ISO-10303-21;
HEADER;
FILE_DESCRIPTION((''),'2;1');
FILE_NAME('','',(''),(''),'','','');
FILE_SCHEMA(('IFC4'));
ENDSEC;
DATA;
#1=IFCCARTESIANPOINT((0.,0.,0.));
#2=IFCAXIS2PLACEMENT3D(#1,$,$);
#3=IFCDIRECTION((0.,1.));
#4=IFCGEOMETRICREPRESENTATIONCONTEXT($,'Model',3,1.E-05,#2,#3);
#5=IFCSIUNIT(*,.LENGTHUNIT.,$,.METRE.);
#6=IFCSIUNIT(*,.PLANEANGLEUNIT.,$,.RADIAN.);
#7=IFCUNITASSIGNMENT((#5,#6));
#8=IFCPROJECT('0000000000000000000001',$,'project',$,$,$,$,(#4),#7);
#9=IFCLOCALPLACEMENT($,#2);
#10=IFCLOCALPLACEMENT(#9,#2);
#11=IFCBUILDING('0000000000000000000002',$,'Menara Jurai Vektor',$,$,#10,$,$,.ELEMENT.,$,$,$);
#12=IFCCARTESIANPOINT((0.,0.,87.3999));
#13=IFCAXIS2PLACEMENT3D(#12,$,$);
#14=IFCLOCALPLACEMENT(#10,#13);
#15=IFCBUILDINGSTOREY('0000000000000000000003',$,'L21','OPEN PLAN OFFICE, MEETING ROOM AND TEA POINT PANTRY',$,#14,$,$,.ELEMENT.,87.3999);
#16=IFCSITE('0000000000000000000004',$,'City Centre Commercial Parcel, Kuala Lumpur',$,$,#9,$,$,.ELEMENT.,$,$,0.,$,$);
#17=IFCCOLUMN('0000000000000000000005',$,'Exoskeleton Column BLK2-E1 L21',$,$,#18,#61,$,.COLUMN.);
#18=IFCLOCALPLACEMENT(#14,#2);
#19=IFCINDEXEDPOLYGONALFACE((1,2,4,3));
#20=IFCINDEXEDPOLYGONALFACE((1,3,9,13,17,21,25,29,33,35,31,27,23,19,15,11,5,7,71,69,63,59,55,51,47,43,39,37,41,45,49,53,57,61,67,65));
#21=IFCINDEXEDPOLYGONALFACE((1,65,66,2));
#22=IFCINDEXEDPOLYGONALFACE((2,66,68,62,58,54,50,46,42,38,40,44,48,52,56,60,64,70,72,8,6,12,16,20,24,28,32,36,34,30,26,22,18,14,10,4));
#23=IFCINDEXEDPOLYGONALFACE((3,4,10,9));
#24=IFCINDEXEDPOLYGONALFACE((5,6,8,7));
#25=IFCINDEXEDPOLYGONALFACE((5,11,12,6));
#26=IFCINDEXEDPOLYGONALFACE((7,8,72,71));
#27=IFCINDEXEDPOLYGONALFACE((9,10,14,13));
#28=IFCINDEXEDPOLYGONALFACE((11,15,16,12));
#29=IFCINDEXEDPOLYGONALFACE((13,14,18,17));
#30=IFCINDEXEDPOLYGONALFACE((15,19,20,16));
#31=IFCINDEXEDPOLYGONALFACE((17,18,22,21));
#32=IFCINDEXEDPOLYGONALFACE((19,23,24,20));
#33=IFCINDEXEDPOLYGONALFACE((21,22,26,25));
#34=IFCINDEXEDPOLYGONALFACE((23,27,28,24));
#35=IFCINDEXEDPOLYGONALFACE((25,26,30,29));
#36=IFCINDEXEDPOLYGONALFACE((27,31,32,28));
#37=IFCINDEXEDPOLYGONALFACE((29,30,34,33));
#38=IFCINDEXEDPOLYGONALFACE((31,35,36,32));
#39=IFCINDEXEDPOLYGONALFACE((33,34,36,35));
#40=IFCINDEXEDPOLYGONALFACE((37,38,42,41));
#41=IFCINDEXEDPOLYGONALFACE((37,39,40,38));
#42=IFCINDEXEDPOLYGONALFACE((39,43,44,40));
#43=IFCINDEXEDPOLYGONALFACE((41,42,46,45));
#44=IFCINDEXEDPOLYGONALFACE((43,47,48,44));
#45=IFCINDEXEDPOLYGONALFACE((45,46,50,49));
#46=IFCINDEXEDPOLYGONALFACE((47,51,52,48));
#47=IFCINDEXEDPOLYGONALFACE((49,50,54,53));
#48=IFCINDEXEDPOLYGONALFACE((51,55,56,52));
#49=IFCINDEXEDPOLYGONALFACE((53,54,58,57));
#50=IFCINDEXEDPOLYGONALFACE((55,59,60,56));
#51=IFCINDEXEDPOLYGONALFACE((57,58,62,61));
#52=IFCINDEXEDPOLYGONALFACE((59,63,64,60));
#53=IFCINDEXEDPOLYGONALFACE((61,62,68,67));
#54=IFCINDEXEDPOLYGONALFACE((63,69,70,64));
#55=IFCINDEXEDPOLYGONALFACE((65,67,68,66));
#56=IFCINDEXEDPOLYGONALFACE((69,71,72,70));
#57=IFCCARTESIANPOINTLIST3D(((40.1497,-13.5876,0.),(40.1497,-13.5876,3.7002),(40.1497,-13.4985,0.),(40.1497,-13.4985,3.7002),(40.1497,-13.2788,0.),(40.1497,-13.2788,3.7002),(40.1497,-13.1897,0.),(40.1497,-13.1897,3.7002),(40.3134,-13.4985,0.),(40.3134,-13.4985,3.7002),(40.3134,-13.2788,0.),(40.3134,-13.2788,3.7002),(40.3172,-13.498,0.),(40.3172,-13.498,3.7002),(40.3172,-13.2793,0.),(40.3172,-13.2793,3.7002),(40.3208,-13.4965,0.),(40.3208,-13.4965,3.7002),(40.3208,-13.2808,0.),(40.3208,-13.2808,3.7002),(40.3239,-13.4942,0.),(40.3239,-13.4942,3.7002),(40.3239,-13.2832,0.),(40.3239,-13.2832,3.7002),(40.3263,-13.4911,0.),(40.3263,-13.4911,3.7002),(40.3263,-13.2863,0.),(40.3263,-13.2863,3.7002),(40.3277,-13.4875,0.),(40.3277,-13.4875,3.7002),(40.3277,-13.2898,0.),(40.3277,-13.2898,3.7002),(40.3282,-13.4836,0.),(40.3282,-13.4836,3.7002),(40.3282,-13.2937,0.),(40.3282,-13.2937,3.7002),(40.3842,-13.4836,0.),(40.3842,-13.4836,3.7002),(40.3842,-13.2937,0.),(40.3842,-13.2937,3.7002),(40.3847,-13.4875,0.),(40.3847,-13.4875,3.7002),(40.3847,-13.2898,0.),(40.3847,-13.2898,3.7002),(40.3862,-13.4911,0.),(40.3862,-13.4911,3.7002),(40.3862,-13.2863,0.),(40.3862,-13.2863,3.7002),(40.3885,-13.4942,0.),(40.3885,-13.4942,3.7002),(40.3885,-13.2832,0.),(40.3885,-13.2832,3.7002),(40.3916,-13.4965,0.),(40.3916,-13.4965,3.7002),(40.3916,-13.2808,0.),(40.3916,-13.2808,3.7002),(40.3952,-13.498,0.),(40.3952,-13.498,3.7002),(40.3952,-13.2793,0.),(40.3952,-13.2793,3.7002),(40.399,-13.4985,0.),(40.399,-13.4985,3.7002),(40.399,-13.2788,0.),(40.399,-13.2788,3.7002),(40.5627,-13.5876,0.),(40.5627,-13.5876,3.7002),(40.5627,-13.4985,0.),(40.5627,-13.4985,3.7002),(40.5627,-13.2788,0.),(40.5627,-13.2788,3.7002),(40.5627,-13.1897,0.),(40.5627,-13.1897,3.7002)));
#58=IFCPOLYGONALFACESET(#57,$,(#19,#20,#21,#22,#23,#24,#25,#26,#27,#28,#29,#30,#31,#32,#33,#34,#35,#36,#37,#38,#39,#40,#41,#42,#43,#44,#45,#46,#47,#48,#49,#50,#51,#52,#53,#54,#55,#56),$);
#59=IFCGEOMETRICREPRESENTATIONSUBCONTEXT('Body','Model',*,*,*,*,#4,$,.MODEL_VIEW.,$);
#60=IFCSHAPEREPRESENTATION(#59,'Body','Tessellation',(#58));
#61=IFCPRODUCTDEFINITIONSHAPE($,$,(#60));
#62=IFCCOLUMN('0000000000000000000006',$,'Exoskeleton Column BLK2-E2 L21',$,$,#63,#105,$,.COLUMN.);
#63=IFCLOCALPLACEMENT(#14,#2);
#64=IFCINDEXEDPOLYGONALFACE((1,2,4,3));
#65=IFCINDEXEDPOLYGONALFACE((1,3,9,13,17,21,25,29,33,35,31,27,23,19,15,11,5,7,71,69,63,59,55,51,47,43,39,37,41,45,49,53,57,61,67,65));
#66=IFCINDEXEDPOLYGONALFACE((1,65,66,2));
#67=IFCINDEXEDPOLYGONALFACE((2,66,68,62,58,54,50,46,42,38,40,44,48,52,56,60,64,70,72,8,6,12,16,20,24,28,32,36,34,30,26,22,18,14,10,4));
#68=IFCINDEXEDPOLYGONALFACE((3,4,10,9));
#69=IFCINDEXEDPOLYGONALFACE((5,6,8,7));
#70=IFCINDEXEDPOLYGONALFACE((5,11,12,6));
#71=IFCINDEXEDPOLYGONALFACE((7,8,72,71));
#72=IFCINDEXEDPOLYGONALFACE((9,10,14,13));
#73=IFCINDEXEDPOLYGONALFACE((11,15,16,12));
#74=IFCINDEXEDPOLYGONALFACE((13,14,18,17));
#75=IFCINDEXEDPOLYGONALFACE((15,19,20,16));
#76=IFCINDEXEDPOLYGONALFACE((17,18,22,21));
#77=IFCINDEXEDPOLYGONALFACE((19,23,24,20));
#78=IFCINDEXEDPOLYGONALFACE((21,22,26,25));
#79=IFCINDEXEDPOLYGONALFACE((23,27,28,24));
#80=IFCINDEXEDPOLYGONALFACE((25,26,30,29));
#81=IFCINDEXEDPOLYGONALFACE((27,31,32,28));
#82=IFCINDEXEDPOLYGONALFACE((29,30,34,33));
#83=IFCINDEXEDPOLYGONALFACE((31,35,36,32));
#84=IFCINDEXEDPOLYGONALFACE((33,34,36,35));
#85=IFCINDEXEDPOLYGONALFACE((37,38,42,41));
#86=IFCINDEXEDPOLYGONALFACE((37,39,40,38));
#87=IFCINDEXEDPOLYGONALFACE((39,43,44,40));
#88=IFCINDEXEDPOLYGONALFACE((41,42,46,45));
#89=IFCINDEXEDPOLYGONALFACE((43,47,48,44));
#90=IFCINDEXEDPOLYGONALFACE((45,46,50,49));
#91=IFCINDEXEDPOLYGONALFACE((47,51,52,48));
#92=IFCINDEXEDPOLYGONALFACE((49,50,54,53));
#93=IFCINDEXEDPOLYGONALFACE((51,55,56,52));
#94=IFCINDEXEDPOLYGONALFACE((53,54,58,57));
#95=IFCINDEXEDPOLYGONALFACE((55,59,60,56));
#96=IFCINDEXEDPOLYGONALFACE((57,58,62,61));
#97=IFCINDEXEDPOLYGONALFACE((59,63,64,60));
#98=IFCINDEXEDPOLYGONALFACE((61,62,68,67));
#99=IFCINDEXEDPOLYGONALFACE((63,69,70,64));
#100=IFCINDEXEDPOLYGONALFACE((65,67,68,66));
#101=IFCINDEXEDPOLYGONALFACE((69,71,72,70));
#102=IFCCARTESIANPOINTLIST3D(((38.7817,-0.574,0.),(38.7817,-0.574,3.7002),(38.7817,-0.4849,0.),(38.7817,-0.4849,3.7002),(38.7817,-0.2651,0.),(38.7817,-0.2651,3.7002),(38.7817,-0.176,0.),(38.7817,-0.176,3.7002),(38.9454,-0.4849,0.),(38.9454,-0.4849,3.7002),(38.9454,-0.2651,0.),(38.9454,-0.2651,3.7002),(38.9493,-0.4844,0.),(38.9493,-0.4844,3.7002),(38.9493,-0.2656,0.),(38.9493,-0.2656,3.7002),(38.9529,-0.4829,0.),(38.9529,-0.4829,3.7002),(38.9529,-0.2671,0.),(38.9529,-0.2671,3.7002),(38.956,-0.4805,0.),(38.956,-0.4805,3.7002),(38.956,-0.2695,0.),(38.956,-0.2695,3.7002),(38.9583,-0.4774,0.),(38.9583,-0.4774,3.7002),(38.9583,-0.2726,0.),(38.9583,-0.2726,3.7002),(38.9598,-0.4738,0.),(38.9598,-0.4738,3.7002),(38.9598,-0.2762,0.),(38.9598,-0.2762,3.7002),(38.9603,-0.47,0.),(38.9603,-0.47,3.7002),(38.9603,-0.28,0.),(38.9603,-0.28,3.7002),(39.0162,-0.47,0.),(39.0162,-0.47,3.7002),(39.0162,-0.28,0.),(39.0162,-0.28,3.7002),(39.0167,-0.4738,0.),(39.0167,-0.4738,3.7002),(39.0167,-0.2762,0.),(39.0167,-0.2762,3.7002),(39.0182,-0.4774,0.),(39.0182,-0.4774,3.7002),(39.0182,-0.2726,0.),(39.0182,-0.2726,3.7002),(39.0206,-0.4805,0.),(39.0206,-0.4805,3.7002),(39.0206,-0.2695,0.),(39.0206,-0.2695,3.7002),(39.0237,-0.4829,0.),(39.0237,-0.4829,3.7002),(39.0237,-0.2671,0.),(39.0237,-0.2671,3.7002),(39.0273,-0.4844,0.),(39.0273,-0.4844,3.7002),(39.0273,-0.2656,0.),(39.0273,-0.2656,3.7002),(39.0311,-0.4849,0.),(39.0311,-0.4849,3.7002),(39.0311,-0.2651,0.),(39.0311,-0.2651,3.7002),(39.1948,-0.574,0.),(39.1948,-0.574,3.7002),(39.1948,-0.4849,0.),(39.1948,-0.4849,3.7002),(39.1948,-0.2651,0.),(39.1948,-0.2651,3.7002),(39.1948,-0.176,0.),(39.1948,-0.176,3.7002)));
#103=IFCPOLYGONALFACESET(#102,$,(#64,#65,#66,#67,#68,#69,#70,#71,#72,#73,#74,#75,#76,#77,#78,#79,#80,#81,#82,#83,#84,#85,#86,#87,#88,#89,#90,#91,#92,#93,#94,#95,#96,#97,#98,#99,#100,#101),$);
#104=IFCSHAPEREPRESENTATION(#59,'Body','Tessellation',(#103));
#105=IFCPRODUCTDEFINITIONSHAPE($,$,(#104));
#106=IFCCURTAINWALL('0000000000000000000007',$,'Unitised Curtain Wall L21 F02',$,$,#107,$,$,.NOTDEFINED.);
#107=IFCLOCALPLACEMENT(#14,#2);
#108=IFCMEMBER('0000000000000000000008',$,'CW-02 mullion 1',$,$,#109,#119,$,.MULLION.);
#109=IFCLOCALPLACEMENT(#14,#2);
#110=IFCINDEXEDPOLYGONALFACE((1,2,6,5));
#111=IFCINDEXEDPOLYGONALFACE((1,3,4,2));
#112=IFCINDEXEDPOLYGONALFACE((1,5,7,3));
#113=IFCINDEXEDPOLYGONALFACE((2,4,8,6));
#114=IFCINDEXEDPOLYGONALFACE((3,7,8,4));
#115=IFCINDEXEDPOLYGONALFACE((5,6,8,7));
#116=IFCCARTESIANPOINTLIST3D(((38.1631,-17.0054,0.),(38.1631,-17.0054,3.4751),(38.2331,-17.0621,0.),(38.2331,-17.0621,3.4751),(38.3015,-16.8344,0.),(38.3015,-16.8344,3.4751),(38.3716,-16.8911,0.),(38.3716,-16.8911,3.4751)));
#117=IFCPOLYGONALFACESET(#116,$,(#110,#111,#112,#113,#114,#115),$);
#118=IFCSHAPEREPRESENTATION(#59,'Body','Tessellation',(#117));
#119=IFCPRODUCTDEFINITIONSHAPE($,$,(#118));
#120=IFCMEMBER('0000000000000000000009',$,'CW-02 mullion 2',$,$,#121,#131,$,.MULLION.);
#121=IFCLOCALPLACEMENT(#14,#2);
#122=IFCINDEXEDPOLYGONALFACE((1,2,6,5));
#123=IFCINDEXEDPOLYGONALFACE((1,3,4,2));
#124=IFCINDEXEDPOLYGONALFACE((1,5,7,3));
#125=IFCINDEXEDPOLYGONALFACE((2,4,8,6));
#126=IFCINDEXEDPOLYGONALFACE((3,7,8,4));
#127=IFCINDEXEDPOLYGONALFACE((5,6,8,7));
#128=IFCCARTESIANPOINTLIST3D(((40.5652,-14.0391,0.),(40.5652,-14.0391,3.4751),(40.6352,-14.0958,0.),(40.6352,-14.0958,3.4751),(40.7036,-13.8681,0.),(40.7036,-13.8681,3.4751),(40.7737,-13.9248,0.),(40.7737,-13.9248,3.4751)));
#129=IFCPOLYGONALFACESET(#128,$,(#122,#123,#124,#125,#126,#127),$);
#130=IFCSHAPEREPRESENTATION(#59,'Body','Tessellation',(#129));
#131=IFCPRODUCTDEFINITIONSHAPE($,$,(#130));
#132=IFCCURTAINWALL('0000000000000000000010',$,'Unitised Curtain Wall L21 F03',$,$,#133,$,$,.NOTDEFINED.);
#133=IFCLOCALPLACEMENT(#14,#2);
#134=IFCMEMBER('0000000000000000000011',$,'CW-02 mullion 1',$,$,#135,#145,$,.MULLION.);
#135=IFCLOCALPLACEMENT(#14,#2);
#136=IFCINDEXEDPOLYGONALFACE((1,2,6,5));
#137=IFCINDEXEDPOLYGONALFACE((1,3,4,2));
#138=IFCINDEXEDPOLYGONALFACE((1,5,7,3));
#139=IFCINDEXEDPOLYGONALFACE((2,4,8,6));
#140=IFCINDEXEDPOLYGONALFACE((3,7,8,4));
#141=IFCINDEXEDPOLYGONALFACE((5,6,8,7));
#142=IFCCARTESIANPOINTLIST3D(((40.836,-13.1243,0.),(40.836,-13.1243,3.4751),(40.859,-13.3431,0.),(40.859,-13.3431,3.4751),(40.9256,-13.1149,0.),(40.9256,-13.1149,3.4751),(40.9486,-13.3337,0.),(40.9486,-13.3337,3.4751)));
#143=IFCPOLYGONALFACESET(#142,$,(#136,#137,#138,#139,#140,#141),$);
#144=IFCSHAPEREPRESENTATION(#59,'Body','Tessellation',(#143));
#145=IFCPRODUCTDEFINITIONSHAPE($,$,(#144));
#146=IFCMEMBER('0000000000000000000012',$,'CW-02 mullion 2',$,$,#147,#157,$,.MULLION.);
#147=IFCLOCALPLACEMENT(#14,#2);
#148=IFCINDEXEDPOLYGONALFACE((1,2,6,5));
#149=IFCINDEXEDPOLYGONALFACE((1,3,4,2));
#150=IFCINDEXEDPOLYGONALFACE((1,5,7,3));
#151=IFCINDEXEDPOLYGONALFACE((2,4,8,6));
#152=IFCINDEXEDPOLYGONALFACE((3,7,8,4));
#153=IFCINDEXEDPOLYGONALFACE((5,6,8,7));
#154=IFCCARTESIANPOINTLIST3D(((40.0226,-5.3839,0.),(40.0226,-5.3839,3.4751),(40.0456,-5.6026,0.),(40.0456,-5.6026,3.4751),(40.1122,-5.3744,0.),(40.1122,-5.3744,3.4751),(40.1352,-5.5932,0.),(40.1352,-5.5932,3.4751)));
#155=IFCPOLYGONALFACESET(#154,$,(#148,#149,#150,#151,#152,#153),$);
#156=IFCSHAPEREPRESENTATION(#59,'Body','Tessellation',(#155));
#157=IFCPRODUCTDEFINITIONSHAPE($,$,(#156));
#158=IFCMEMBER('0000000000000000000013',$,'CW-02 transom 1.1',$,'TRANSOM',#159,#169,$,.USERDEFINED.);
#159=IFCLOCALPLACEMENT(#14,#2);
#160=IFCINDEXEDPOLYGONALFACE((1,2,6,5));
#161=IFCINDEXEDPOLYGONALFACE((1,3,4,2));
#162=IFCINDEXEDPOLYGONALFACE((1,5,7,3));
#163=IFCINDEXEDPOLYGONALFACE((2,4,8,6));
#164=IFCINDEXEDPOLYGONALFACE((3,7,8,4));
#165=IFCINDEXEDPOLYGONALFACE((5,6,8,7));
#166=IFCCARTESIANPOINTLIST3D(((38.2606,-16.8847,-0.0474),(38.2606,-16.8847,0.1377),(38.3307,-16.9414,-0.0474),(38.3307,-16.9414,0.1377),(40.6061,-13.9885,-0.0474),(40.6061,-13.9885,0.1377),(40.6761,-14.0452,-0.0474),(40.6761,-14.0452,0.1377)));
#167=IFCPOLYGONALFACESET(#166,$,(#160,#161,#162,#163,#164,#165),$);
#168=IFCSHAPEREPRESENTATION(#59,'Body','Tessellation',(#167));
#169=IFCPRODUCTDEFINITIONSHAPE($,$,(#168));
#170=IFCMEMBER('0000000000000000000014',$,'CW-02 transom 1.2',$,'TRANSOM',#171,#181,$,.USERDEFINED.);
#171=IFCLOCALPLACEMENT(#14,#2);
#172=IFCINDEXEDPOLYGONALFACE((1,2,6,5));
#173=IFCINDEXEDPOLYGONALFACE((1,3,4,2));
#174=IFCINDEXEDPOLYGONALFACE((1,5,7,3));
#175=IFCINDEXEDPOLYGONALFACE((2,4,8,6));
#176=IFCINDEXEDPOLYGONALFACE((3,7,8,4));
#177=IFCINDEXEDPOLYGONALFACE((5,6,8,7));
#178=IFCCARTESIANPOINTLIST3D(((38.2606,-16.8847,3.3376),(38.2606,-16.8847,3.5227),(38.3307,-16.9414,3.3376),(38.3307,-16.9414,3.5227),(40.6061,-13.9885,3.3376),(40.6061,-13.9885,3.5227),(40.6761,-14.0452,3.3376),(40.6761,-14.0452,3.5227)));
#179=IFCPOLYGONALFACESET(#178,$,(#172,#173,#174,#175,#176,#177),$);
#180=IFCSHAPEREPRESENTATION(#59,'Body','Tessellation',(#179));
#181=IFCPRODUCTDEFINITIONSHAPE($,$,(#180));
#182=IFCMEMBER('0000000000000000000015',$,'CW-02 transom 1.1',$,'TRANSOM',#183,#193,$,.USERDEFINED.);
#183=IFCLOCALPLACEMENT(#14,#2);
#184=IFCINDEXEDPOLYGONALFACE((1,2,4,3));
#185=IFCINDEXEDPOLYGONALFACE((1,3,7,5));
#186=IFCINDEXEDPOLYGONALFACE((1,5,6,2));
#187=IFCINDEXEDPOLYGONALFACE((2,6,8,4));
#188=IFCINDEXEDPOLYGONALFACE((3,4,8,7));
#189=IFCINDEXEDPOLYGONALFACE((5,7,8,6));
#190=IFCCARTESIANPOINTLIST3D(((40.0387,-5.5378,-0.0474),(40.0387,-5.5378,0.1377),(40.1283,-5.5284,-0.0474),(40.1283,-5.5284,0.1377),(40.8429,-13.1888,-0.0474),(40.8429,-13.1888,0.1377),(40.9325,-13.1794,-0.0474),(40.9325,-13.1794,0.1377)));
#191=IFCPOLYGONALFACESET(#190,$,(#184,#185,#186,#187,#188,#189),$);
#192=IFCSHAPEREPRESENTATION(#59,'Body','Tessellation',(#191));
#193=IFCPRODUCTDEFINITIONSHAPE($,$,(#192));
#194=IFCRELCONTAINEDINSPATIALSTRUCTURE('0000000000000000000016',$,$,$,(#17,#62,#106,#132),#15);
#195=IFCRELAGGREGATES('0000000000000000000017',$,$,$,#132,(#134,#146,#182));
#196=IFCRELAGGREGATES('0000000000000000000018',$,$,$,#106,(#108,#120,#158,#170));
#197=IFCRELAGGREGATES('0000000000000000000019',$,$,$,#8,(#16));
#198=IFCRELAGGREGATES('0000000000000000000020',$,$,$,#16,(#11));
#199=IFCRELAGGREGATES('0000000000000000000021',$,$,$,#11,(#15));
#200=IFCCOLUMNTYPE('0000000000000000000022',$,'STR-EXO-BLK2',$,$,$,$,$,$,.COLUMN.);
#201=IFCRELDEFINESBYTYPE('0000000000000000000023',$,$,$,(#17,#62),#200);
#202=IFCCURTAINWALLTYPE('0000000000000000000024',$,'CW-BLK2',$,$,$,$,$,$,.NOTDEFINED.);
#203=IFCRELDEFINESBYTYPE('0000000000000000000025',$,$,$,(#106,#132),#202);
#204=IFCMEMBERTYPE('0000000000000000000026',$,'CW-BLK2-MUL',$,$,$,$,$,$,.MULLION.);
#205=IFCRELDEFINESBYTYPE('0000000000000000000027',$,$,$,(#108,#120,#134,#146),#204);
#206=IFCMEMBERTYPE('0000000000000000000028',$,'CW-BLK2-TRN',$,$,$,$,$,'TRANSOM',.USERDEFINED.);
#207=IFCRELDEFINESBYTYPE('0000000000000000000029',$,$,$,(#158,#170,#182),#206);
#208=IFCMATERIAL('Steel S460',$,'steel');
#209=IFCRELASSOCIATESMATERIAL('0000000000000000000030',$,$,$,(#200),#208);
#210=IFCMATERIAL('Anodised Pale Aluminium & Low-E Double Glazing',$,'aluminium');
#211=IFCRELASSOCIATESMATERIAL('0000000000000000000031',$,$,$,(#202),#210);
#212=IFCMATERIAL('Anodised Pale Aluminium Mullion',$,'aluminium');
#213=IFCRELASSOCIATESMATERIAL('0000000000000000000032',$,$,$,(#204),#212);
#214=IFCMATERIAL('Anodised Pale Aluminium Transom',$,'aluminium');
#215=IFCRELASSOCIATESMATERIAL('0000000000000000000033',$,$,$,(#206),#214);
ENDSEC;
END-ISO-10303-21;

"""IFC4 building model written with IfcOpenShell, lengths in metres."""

from ifc_helpers import new_model, si_unit, direction, frame, origin, origin_2d, place, context, subcontext, project, spatial, rectangle, i_section, extrude, material, material_profile, profile_set, type_object, element, aggregate, save


model = new_model("IFC4")

# Units and contexts
model_context = context("Model", 3, precision=1e-05, world=origin(), true_north=direction((0.0, 1.0)))
body_context = subcontext(model_context, "Body", "Model", "MODEL_VIEW")
ifc_project = project(units=[si_unit("LENGTHUNIT", "METRE"), si_unit("PLANEANGLEUNIT", "RADIAN")], contexts=[model_context])

# Site, building, storey
site_placement = place(None, origin())
site = spatial("IfcSite", under=ifc_project, at=site_placement, Name="City Centre Commercial Parcel, Kuala Lumpur", CompositionType="ELEMENT", RefElevation=0.0)
building_placement = place(site_placement, origin())
building = spatial("IfcBuilding", under=site, at=building_placement, Name="Menara Jurai Vektor", CompositionType="ELEMENT")
storey_placement = place(building_placement, frame((0.0, 0.0, 87.3999)))
storey = spatial("IfcBuildingStorey", under=building, at=storey_placement, Name="L21", Description="OPEN PLAN OFFICE, MEETING ROOM AND TEA POINT PANTRY", CompositionType="ELEMENT", Elevation=87.3999)

# Columns
ifc_material_1 = material(Name="Steel S460", Category="steel")
ifc_material_profile_1 = material_profile(ifc_material_1, i_section(OverallWidth=0.4131, OverallDepth=0.3979, WebThickness=0.0559, FlangeThickness=0.0891, FilletRadius=0.0149, at=origin_2d()), Name="HD 400x744")
ifc_profile_set_1 = profile_set([ifc_material_profile_1], Name="Steel S460")
column_type = type_object("IfcColumnType", Name="STR-EXO-BLK2", PredefinedType="COLUMN", material=ifc_profile_set_1)
for number, where, z_axis, x_axis, name in (
    (1, (40.3562, -13.3887, 0.0), (0.0, 0.0, 1.0), (1.0, 0.0, 0.0), "Exoskeleton Column BLK2-E1 L21"),
    (2, (38.9883, -0.375, 0.0), (0.0, 0.0, 1.0), (1.0, 0.0, 0.0), "Exoskeleton Column BLK2-E2 L21"),
):
    element("IfcColumn", number, at=place(storey_placement, frame(where, z_axis=z_axis, x_axis=x_axis)), inside=storey, type_object=column_type, Name=name, PredefinedType="COLUMN", context=body_context, shape_type="SweptSolid", body=[
        extrude(i_section(OverallWidth=0.4131, OverallDepth=0.3979, WebThickness=0.0559, FlangeThickness=0.0891, FilletRadius=0.0149, at=origin_2d()), origin(), (0.0, 0.0, 1.0), 3.7002),
    ])

# Curtain walls, members
ifc_material_2 = material(Name="Anodised Pale Aluminium & Low-E Double Glazing", Category="aluminium")
curtain_wall_type = type_object("IfcCurtainWallType", Name="CW-BLK2", PredefinedType="NOTDEFINED", material=ifc_material_2)
curtain_wall_1_placement = place(storey_placement, origin())
curtain_wall_1 = element("IfcCurtainWall", 3, at=curtain_wall_1_placement, inside=storey, type_object=curtain_wall_type, Name="Unitised Curtain Wall L21 F02", PredefinedType="NOTDEFINED")
ifc_material_3 = material(Name="Anodised Pale Aluminium Mullion", Category="aluminium")
ifc_material_profile_2 = material_profile(ifc_material_3, rectangle(XDim=0.0901, YDim=0.22, at=origin_2d()), Name="ALU MUL 90x220")
ifc_profile_set_2 = profile_set([ifc_material_profile_2], Name="Anodised Pale Aluminium Mullion")
member_type_1 = type_object("IfcMemberType", Name="CW-BLK2-MUL", PredefinedType="MULLION", material=ifc_profile_set_2)
member_1_placement = place(storey_placement, frame((38.2673, -16.9482, 0.0), z_axis=(0.0, 0.0, 1.0), x_axis=(-0.777129, 0.629341, 0.0)))
member_1 = element("IfcMember", 4, at=member_1_placement, type_object=member_type_1, Name="CW-02 mullion 1", PredefinedType="MULLION", context=body_context, shape_type="SweptSolid", body=[
    extrude(rectangle(XDim=0.0901, YDim=0.22, at=origin_2d()), origin(), (0.0, 0.0, 1.0), 3.4751),
])
member_2_placement = place(storey_placement, frame((40.6694, -13.9819, 0.0), z_axis=(0.0, 0.0, 1.0), x_axis=(-0.777129, 0.629341, 0.0)))
member_2 = element("IfcMember", 5, at=member_2_placement, type_object=member_type_1, Name="CW-02 mullion 2", PredefinedType="MULLION", context=body_context, shape_type="SweptSolid", body=[
    extrude(rectangle(XDim=0.0901, YDim=0.22, at=origin_2d()), origin(), (0.0, 0.0, 1.0), 3.4751),
])
curtain_wall_2_placement = place(storey_placement, origin())
curtain_wall_2 = element("IfcCurtainWall", 6, at=curtain_wall_2_placement, inside=storey, type_object=curtain_wall_type, Name="Unitised Curtain Wall L21 F03", PredefinedType="NOTDEFINED")
member_3_placement = place(storey_placement, frame((40.8923, -13.229, 0.0), z_axis=(0.0, 0.0, 1.0), x_axis=(-0.994522, -0.10453, 0.0)))
member_3 = element("IfcMember", 7, at=member_3_placement, type_object=member_type_1, Name="CW-02 mullion 1", PredefinedType="MULLION", context=body_context, shape_type="SweptSolid", body=[
    extrude(rectangle(XDim=0.0901, YDim=0.22, at=origin_2d()), origin(), (0.0, 0.0, 1.0), 3.4751),
])
member_4_placement = place(storey_placement, frame((40.0789, -5.4885, 0.0), z_axis=(0.0, 0.0, 1.0), x_axis=(-0.994522, -0.10453, 0.0)))
member_4 = element("IfcMember", 8, at=member_4_placement, type_object=member_type_1, Name="CW-02 mullion 2", PredefinedType="MULLION", context=body_context, shape_type="SweptSolid", body=[
    extrude(rectangle(XDim=0.0901, YDim=0.22, at=origin_2d()), origin(), (0.0, 0.0, 1.0), 3.4751),
])

# Members
ifc_material_4 = material(Name="Anodised Pale Aluminium Transom", Category="aluminium")
ifc_material_profile_3 = material_profile(ifc_material_4, rectangle(XDim=0.0901, YDim=0.1851, at=origin_2d()), Name="ALU TRN 90x185")
ifc_profile_set_3 = profile_set([ifc_material_profile_3], Name="Anodised Pale Aluminium Transom")
member_type_2 = type_object("IfcMemberType", Name="CW-BLK2-TRN", ElementType="TRANSOM", PredefinedType="USERDEFINED", material=ifc_profile_set_3)
member_5_placement = place(storey_placement, frame((38.2957, -16.9131, 0.0452), z_axis=(0.629341, 0.777129, 0.0), x_axis=(-0.777129, 0.629341, 0.0)))
member_5 = element("IfcMember", 9, at=member_5_placement, type_object=member_type_2, Name="CW-02 transom 1.1", ObjectType="TRANSOM", PredefinedType="USERDEFINED", context=body_context, shape_type="SweptSolid", body=[
    extrude(rectangle(XDim=0.0901, YDim=0.1851, at=origin_2d()), origin(), (0.0, 0.0, 1.0), 3.7268),
])
member_6_placement = place(storey_placement, frame((38.2957, -16.9131, 3.4302), z_axis=(0.629341, 0.777129, 0.0), x_axis=(-0.777129, 0.629341, 0.0)))
member_6 = element("IfcMember", 10, at=member_6_placement, type_object=member_type_2, Name="CW-02 transom 1.2", ObjectType="TRANSOM", PredefinedType="USERDEFINED", context=body_context, shape_type="SweptSolid", body=[
    extrude(rectangle(XDim=0.0901, YDim=0.1851, at=origin_2d()), origin(), (0.0, 0.0, 1.0), 3.7268),
])
member_7_placement = place(storey_placement, frame((40.8877, -13.1841, 0.0452), z_axis=(-0.104536, 0.994521, 0.0), x_axis=(-0.994521, -0.104536, 0.0)))
member_7 = element("IfcMember", 11, at=member_7_placement, type_object=member_type_2, Name="CW-02 transom 1.1", ObjectType="TRANSOM", PredefinedType="USERDEFINED", context=body_context, shape_type="SweptSolid", body=[
    extrude(rectangle(XDim=0.0901, YDim=0.1851, at=origin_2d()), origin(), (0.0, 0.0, 1.0), 7.6931),
])

aggregate(curtain_wall_2, [member_3, member_4, member_7])
aggregate(curtain_wall_1, [member_1, member_2, member_5, member_6])

save(model, "model.ifc")
